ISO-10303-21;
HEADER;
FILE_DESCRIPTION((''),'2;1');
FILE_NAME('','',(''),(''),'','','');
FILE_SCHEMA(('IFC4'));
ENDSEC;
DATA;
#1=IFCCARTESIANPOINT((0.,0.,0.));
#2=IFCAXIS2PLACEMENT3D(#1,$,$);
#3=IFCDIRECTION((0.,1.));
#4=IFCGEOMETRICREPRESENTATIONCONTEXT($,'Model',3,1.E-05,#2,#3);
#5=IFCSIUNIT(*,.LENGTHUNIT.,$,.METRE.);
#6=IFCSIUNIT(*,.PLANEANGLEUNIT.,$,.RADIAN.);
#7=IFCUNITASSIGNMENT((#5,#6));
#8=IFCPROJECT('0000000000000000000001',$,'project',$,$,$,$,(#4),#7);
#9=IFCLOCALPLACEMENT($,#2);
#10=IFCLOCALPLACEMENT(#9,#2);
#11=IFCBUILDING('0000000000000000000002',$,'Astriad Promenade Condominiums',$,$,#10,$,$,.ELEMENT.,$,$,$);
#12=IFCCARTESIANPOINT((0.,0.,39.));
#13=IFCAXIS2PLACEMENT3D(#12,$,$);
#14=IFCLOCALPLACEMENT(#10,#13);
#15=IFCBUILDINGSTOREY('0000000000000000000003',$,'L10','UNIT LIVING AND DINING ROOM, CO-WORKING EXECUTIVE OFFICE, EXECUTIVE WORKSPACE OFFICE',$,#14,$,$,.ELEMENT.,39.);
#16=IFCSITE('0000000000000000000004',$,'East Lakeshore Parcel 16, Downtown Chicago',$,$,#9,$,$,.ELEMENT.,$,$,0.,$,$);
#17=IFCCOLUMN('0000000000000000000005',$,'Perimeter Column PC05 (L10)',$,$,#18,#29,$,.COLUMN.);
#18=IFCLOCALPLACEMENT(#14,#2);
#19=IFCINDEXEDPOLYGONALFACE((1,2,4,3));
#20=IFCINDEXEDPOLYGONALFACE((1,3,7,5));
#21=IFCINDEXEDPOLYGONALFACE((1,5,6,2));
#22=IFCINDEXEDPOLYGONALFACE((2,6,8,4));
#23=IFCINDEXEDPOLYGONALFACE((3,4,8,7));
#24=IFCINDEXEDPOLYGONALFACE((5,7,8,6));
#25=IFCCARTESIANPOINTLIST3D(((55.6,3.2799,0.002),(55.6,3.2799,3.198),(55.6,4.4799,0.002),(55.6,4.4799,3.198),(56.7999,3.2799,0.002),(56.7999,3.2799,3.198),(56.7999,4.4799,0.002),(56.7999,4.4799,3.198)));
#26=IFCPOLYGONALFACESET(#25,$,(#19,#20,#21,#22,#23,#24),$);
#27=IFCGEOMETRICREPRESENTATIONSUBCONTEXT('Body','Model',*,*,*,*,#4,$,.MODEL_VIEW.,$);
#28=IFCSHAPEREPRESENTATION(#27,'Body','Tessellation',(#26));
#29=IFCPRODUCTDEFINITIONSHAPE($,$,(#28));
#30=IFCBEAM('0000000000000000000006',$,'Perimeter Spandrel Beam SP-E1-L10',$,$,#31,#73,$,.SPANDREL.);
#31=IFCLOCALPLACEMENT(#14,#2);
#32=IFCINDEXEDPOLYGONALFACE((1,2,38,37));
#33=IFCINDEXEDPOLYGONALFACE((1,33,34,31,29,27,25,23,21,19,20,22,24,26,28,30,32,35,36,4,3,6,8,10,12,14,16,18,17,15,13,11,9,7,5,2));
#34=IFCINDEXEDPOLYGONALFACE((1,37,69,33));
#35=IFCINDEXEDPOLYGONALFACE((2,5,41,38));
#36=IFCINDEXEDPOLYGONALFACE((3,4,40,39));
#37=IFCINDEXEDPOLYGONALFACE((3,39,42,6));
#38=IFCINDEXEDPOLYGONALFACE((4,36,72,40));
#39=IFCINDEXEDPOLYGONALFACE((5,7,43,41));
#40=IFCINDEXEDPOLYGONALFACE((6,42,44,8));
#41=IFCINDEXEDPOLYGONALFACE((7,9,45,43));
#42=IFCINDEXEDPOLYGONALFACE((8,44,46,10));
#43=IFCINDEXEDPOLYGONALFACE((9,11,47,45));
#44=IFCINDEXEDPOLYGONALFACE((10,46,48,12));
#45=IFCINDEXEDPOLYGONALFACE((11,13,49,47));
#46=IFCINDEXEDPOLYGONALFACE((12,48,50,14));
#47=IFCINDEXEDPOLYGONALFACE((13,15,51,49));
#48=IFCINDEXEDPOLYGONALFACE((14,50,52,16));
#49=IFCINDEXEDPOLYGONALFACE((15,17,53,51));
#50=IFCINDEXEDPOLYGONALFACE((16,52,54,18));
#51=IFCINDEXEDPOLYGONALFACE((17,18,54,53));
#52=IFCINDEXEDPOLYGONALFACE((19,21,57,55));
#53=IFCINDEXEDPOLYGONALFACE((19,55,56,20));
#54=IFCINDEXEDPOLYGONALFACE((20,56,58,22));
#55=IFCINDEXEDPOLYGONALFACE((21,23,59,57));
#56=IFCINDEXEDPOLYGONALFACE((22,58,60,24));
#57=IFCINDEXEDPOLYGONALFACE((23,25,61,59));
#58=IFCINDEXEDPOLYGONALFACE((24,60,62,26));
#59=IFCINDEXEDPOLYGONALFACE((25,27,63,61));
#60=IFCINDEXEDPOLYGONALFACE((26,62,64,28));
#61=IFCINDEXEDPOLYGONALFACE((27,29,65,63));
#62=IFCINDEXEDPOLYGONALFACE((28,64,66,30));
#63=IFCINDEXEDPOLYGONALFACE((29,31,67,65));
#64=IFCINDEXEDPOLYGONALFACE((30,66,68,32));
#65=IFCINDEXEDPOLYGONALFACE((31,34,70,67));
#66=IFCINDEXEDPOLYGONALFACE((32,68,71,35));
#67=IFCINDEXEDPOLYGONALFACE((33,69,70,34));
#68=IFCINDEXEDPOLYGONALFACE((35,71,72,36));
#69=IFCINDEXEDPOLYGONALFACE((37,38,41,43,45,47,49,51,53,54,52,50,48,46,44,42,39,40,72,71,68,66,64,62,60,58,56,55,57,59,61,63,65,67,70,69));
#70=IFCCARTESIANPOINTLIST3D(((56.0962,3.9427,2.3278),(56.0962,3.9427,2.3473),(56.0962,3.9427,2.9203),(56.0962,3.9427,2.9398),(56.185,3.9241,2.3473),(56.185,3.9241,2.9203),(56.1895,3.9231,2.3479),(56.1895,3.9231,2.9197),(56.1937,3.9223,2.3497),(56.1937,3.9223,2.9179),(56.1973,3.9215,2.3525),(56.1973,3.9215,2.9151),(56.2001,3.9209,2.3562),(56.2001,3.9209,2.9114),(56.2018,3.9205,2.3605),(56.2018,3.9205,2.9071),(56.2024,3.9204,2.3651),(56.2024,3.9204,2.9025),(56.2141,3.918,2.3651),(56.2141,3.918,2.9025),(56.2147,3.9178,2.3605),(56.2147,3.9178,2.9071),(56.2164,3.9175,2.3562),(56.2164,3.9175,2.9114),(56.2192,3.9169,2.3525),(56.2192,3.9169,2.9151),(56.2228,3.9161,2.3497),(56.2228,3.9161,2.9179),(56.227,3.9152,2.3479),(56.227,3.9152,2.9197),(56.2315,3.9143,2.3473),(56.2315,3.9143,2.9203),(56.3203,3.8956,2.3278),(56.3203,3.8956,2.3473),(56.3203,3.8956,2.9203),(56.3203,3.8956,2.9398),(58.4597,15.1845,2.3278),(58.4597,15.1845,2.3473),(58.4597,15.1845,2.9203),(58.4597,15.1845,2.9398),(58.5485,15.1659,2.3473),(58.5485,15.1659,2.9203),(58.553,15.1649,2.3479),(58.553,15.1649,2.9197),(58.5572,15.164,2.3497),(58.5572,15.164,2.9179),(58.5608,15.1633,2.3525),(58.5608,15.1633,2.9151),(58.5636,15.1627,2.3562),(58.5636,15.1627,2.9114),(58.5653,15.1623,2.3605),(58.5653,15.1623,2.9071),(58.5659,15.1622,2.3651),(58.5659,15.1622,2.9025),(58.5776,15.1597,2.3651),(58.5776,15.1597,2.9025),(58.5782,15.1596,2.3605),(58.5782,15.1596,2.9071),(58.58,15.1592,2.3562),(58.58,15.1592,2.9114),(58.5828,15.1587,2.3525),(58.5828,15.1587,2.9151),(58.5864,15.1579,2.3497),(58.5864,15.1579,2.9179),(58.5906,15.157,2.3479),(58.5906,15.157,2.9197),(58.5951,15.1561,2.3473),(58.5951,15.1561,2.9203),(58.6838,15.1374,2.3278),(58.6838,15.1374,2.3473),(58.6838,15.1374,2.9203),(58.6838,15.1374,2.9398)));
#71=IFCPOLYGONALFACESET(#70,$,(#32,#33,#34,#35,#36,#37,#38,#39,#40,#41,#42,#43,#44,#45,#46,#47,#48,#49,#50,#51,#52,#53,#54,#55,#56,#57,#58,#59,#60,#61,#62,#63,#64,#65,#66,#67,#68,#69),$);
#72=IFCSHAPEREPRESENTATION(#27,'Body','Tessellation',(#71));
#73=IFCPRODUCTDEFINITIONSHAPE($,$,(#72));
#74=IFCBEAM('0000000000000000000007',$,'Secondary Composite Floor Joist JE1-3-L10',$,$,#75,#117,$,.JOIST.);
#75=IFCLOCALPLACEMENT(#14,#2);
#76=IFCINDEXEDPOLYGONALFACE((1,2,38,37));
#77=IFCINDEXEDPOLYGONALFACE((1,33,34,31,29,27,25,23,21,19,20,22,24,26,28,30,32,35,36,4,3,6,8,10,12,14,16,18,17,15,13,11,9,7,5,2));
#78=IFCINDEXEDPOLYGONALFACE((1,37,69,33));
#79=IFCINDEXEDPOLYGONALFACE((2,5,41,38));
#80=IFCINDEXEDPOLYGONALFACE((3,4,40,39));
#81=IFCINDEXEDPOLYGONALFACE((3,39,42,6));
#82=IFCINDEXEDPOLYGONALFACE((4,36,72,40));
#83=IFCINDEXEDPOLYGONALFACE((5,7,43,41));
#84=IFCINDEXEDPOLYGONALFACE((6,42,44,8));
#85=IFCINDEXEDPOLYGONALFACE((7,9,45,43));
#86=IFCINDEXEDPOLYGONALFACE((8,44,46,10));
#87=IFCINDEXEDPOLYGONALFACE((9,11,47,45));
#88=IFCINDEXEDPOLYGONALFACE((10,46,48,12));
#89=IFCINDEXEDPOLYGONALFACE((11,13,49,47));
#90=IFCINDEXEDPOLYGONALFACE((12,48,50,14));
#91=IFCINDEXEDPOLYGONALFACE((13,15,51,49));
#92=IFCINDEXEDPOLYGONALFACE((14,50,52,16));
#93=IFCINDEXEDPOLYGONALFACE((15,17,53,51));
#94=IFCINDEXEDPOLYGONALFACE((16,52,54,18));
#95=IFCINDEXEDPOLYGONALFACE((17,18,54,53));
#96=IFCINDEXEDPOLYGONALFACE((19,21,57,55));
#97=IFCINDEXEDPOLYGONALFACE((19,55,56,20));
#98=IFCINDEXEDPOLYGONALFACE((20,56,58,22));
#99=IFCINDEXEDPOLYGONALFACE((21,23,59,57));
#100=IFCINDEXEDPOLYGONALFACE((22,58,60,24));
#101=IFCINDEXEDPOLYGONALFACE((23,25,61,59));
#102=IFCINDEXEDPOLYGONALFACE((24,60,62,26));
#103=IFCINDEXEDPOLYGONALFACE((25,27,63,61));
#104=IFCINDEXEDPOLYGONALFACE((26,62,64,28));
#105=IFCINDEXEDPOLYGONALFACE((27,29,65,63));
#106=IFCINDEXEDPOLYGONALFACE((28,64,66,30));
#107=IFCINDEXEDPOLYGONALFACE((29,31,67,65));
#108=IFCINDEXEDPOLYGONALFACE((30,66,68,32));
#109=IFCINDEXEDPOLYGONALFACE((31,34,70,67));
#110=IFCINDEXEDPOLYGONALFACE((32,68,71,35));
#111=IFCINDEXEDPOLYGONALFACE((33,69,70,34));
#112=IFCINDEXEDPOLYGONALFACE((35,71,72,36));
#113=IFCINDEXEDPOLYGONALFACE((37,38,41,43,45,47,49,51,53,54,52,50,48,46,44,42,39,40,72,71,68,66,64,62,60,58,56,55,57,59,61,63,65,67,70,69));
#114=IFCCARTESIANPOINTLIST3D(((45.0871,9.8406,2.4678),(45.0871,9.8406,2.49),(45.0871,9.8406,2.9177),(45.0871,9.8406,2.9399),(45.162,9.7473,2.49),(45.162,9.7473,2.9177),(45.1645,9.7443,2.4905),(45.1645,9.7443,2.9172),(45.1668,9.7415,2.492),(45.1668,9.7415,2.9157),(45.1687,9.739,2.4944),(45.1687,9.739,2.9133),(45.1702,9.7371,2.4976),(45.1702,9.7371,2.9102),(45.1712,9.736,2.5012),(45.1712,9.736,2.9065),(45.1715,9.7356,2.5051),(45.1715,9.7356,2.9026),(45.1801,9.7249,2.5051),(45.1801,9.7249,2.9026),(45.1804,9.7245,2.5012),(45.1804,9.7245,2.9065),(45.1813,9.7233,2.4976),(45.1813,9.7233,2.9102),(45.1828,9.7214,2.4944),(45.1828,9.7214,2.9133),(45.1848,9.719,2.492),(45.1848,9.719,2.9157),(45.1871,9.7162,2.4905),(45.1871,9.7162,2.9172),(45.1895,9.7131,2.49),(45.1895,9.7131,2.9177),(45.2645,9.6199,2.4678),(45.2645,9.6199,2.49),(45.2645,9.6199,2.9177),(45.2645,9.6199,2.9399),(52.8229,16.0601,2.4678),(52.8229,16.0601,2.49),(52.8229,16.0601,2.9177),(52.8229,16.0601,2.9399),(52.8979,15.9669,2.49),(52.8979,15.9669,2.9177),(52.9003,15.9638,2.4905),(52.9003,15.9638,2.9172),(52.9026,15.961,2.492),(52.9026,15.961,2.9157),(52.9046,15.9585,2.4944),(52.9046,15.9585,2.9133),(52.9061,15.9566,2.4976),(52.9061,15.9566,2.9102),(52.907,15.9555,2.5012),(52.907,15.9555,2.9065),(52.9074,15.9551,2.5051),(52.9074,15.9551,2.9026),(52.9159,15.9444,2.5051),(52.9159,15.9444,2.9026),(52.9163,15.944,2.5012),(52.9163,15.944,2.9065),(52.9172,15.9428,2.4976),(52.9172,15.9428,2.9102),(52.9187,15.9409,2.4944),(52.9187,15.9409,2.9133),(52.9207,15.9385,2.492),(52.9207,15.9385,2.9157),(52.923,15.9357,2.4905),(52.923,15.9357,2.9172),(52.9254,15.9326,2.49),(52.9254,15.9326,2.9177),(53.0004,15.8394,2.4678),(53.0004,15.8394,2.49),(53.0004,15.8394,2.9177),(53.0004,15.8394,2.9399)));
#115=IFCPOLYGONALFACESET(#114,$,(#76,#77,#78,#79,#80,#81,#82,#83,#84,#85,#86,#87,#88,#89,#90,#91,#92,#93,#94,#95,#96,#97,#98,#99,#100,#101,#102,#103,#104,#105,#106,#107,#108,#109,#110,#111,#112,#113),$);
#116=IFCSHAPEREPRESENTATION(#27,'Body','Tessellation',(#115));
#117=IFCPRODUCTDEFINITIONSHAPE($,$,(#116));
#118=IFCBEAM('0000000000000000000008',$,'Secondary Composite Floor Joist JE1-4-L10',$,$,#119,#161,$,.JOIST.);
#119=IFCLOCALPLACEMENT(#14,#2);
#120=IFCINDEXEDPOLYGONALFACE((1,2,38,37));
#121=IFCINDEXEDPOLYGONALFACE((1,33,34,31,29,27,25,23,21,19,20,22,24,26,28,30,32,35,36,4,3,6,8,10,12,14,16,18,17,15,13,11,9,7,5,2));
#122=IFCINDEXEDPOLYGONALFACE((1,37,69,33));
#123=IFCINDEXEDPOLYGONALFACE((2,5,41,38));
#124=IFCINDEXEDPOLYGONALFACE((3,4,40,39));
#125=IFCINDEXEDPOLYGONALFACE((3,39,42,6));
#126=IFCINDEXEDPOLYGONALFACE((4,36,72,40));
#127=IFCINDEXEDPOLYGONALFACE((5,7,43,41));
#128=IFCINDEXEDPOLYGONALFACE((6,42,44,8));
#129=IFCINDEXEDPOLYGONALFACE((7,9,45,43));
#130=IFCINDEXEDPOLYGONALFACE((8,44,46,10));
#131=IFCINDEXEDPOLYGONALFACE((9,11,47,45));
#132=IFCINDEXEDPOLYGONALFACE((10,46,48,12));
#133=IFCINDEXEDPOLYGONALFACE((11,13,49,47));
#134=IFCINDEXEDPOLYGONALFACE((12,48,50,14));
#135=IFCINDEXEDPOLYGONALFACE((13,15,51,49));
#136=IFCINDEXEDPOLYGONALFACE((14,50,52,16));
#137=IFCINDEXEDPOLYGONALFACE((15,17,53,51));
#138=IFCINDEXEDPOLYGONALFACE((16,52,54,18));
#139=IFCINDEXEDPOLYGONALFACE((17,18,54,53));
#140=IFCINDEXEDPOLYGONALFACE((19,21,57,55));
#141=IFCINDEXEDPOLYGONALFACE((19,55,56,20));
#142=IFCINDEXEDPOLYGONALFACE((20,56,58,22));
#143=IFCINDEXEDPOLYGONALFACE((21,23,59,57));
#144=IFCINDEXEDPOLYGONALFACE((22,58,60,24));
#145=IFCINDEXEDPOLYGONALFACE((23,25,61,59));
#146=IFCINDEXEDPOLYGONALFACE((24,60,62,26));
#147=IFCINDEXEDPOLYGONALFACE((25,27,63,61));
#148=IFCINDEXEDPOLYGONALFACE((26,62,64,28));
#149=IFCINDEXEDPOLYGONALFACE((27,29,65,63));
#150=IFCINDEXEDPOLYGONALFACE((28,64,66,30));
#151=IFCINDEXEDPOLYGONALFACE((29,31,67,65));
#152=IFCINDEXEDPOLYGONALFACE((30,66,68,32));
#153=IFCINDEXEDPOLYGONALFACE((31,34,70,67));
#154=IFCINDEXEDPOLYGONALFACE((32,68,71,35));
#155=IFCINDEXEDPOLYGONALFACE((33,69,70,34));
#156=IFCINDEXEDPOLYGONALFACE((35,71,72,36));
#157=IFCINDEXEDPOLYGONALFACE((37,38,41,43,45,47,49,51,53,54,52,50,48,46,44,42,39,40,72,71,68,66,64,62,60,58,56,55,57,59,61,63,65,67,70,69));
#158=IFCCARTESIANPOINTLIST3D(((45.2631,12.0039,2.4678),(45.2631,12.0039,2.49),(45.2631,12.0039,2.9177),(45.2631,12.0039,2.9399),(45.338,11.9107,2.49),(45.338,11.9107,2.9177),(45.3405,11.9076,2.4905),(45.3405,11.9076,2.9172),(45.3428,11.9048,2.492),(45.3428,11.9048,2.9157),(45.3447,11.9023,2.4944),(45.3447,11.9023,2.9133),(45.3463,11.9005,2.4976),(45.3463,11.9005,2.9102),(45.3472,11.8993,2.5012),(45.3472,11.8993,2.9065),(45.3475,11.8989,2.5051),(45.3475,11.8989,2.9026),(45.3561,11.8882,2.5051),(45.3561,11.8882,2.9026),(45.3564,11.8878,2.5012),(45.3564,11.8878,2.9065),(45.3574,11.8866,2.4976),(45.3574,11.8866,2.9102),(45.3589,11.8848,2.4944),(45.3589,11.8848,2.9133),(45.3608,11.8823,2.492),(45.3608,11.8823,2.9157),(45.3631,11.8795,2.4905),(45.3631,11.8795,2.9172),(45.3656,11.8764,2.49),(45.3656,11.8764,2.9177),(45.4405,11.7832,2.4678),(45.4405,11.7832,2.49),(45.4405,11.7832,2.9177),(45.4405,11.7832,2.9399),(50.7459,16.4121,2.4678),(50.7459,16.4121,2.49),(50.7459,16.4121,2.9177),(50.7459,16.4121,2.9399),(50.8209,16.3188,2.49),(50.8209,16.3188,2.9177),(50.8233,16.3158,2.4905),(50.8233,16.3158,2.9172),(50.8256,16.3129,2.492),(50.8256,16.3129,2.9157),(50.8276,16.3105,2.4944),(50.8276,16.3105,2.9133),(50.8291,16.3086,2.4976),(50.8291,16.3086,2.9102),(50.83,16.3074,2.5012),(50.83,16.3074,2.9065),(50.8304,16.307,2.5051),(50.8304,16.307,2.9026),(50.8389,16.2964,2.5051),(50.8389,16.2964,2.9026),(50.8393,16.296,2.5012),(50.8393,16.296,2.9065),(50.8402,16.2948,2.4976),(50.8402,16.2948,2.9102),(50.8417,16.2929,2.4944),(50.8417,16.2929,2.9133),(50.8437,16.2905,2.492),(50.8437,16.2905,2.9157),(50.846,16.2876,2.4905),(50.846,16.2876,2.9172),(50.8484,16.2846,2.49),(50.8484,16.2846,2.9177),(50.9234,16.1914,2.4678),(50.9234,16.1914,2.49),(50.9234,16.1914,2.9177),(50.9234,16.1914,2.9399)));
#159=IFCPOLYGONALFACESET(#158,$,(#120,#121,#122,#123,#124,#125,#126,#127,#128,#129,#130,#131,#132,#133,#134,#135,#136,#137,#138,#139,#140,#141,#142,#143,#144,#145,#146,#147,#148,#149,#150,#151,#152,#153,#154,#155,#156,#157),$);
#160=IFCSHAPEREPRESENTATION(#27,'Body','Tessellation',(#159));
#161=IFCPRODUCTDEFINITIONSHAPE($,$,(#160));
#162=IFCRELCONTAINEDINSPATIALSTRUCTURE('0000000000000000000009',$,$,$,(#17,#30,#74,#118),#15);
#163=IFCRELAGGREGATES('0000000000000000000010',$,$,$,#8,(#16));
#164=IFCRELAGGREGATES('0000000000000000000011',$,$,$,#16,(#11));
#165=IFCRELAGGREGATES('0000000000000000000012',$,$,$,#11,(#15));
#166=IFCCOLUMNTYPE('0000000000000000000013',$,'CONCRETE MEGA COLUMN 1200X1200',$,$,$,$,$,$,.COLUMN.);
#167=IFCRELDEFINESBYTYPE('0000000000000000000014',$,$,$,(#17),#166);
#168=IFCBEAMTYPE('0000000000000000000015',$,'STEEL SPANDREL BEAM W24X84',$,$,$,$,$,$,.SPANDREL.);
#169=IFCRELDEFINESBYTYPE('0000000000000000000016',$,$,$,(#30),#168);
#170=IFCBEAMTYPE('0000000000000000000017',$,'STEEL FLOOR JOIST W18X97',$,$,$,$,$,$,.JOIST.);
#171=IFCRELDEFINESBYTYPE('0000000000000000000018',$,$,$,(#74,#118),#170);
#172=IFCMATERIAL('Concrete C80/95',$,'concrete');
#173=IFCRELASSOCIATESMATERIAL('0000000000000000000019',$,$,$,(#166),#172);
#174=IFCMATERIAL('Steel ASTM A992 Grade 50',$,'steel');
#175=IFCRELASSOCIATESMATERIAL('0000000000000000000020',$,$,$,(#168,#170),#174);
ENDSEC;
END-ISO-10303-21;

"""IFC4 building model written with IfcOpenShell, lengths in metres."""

from ifc_helpers import new_model, si_unit, direction, frame, origin, origin_2d, place, context, subcontext, project, spatial, rectangle, i_section, extrude, source, transform, mapped, material, material_profile, profile_set, type_object, type_shapes, element, save


model = new_model("IFC4")

# Units and contexts
model_context = context("Model", 3, precision=1e-05, world=origin(), true_north=direction((0.0, 1.0)))
body_context = subcontext(model_context, "Body", "Model", "MODEL_VIEW")
ifc_project = project(units=[si_unit("LENGTHUNIT", "METRE"), si_unit("PLANEANGLEUNIT", "RADIAN")], contexts=[model_context])

# Site, building, storey
site_placement = place(None, origin())
site = spatial("IfcSite", under=ifc_project, at=site_placement, Name="East Lakeshore Parcel 16, Downtown Chicago", CompositionType="ELEMENT", RefElevation=0.0)
building_placement = place(site_placement, origin())
building = spatial("IfcBuilding", under=site, at=building_placement, Name="Astriad Promenade Condominiums", CompositionType="ELEMENT")
storey_placement = place(building_placement, frame((0.0, 0.0, 39.0)))
storey = spatial("IfcBuildingStorey", under=building, at=storey_placement, Name="L10", Description="UNIT LIVING AND DINING ROOM, CO-WORKING EXECUTIVE OFFICE, EXECUTIVE WORKSPACE OFFICE", CompositionType="ELEMENT", Elevation=39.0)

# Column
ifc_material_1 = material(Name="Concrete C80/95", Category="concrete")
ifc_material_profile_1 = material_profile(ifc_material_1, rectangle(XDim=1.2, YDim=1.2, at=origin_2d()), Name="RC-COL-1200X1200")
ifc_profile_set_1 = profile_set([ifc_material_profile_1], Name="Concrete C80/95")
column_type = type_object("IfcColumnType", Name="CONCRETE MEGA COLUMN 1200X1200", PredefinedType="COLUMN", material=ifc_profile_set_1)
shared_shape_1 = source(origin(), body_context, "Body", "SweptSolid", [
    extrude(rectangle(XDim=1.2, YDim=1.2, at=origin_2d()), origin(), (0.0, 0.0, 1.0), 3.196),
])
type_shapes(column_type, [shared_shape_1])
column_placement = place(storey_placement, frame((56.2, 3.8799, 0.002), z_axis=(0.0, 0.0, 1.0), x_axis=(1.0, 0.0, 0.0)))
element("IfcColumn", 1, at=column_placement, inside=storey, type_object=column_type, Name="Perimeter Column PC05 (L10)", PredefinedType="COLUMN", context=body_context, shape_type="MappedRepresentation", body=[
    mapped(shared_shape_1, transform((0.0, 0.0, 0.0), scale=1.0)),
])

# Beams
ifc_material_2 = material(Name="Steel ASTM A992 Grade 50", Category="steel")
ifc_material_profile_2 = material_profile(ifc_material_2, i_section(OverallWidth=0.229, OverallDepth=0.6121, WebThickness=0.012, FlangeThickness=0.0195, FilletRadius=0.0178, at=origin_2d()), Name="W24X84")
ifc_profile_set_2 = profile_set([ifc_material_profile_2], Name="Steel ASTM A992 Grade 50")
beam_type_1 = type_object("IfcBeamType", Name="STEEL SPANDREL BEAM W24X84", PredefinedType="SPANDREL", material=ifc_profile_set_2)
shared_shape_2 = source(origin(), body_context, "Body", "SweptSolid", [
    extrude(i_section(OverallWidth=0.229, OverallDepth=0.6121, WebThickness=0.012, FlangeThickness=0.0195, FilletRadius=0.0178, at=origin_2d()), origin(), (0.0, 0.0, 1.0), 11.4875),
])
type_shapes(beam_type_1, [shared_shape_2])
beam_1_placement = place(storey_placement, frame((56.2083, 3.9192, 2.6338), z_axis=(0.205748, 0.978605, 0.0), x_axis=(-0.978605, 0.205748, 0.0)))
element("IfcBeam", 2, at=beam_1_placement, inside=storey, type_object=beam_type_1, Name="Perimeter Spandrel Beam SP-E1-L10", PredefinedType="SPANDREL", context=body_context, shape_type="MappedRepresentation", body=[
    mapped(shared_shape_2, transform((0.0, 0.0, 0.0), scale=1.0)),
])
ifc_material_profile_3 = material_profile(ifc_material_2, i_section(OverallWidth=0.2832, OverallDepth=0.4722, WebThickness=0.0137, FlangeThickness=0.0222, FilletRadius=0.0151, at=origin_2d()), Name="W18X97")
ifc_profile_set_3 = profile_set([ifc_material_profile_3], Name="Steel ASTM A992 Grade 50")
beam_type_2 = type_object("IfcBeamType", Name="STEEL FLOOR JOIST W18X97", PredefinedType="JOIST", material=ifc_profile_set_3)
shared_shape_3 = source(origin(), body_context, "Body", "SweptSolid", [
    extrude(i_section(OverallWidth=0.2832, OverallDepth=0.4722, WebThickness=0.0137, FlangeThickness=0.0222, FilletRadius=0.0151, at=origin_2d()), origin(), (0.0, 0.0, 1.0), 9.926),
])
beam_2_placement = place(storey_placement, frame((45.1758, 9.7302, 2.7039), z_axis=(0.779352, 0.626586, 0.0), x_axis=(-0.626586, 0.779352, 0.0)))
element("IfcBeam", 3, at=beam_2_placement, inside=storey, type_object=beam_type_2, Name="Secondary Composite Floor Joist JE1-3-L10", PredefinedType="JOIST", context=body_context, shape_type="MappedRepresentation", body=[
    mapped(shared_shape_3, transform((0.0, 0.0, 0.0), scale=1.0)),
])
shared_shape_4 = source(origin(), body_context, "Body", "SweptSolid", [
    extrude(i_section(OverallWidth=0.2832, OverallDepth=0.4722, WebThickness=0.0137, FlangeThickness=0.0222, FilletRadius=0.0151, at=origin_2d()), origin(), (0.0, 0.0, 1.0), 7.0352),
])
beam_3_placement = place(storey_placement, frame((45.3518, 11.8936, 2.7039), z_axis=(0.77935, 0.626589, 0.0), x_axis=(-0.626589, 0.77935, 0.0)))
element("IfcBeam", 4, at=beam_3_placement, inside=storey, type_object=beam_type_2, Name="Secondary Composite Floor Joist JE1-4-L10", PredefinedType="JOIST", context=body_context, shape_type="MappedRepresentation", body=[
    mapped(shared_shape_4, transform((0.0, 0.0, 0.0), scale=1.0)),
])

save(model, "model.ifc")
